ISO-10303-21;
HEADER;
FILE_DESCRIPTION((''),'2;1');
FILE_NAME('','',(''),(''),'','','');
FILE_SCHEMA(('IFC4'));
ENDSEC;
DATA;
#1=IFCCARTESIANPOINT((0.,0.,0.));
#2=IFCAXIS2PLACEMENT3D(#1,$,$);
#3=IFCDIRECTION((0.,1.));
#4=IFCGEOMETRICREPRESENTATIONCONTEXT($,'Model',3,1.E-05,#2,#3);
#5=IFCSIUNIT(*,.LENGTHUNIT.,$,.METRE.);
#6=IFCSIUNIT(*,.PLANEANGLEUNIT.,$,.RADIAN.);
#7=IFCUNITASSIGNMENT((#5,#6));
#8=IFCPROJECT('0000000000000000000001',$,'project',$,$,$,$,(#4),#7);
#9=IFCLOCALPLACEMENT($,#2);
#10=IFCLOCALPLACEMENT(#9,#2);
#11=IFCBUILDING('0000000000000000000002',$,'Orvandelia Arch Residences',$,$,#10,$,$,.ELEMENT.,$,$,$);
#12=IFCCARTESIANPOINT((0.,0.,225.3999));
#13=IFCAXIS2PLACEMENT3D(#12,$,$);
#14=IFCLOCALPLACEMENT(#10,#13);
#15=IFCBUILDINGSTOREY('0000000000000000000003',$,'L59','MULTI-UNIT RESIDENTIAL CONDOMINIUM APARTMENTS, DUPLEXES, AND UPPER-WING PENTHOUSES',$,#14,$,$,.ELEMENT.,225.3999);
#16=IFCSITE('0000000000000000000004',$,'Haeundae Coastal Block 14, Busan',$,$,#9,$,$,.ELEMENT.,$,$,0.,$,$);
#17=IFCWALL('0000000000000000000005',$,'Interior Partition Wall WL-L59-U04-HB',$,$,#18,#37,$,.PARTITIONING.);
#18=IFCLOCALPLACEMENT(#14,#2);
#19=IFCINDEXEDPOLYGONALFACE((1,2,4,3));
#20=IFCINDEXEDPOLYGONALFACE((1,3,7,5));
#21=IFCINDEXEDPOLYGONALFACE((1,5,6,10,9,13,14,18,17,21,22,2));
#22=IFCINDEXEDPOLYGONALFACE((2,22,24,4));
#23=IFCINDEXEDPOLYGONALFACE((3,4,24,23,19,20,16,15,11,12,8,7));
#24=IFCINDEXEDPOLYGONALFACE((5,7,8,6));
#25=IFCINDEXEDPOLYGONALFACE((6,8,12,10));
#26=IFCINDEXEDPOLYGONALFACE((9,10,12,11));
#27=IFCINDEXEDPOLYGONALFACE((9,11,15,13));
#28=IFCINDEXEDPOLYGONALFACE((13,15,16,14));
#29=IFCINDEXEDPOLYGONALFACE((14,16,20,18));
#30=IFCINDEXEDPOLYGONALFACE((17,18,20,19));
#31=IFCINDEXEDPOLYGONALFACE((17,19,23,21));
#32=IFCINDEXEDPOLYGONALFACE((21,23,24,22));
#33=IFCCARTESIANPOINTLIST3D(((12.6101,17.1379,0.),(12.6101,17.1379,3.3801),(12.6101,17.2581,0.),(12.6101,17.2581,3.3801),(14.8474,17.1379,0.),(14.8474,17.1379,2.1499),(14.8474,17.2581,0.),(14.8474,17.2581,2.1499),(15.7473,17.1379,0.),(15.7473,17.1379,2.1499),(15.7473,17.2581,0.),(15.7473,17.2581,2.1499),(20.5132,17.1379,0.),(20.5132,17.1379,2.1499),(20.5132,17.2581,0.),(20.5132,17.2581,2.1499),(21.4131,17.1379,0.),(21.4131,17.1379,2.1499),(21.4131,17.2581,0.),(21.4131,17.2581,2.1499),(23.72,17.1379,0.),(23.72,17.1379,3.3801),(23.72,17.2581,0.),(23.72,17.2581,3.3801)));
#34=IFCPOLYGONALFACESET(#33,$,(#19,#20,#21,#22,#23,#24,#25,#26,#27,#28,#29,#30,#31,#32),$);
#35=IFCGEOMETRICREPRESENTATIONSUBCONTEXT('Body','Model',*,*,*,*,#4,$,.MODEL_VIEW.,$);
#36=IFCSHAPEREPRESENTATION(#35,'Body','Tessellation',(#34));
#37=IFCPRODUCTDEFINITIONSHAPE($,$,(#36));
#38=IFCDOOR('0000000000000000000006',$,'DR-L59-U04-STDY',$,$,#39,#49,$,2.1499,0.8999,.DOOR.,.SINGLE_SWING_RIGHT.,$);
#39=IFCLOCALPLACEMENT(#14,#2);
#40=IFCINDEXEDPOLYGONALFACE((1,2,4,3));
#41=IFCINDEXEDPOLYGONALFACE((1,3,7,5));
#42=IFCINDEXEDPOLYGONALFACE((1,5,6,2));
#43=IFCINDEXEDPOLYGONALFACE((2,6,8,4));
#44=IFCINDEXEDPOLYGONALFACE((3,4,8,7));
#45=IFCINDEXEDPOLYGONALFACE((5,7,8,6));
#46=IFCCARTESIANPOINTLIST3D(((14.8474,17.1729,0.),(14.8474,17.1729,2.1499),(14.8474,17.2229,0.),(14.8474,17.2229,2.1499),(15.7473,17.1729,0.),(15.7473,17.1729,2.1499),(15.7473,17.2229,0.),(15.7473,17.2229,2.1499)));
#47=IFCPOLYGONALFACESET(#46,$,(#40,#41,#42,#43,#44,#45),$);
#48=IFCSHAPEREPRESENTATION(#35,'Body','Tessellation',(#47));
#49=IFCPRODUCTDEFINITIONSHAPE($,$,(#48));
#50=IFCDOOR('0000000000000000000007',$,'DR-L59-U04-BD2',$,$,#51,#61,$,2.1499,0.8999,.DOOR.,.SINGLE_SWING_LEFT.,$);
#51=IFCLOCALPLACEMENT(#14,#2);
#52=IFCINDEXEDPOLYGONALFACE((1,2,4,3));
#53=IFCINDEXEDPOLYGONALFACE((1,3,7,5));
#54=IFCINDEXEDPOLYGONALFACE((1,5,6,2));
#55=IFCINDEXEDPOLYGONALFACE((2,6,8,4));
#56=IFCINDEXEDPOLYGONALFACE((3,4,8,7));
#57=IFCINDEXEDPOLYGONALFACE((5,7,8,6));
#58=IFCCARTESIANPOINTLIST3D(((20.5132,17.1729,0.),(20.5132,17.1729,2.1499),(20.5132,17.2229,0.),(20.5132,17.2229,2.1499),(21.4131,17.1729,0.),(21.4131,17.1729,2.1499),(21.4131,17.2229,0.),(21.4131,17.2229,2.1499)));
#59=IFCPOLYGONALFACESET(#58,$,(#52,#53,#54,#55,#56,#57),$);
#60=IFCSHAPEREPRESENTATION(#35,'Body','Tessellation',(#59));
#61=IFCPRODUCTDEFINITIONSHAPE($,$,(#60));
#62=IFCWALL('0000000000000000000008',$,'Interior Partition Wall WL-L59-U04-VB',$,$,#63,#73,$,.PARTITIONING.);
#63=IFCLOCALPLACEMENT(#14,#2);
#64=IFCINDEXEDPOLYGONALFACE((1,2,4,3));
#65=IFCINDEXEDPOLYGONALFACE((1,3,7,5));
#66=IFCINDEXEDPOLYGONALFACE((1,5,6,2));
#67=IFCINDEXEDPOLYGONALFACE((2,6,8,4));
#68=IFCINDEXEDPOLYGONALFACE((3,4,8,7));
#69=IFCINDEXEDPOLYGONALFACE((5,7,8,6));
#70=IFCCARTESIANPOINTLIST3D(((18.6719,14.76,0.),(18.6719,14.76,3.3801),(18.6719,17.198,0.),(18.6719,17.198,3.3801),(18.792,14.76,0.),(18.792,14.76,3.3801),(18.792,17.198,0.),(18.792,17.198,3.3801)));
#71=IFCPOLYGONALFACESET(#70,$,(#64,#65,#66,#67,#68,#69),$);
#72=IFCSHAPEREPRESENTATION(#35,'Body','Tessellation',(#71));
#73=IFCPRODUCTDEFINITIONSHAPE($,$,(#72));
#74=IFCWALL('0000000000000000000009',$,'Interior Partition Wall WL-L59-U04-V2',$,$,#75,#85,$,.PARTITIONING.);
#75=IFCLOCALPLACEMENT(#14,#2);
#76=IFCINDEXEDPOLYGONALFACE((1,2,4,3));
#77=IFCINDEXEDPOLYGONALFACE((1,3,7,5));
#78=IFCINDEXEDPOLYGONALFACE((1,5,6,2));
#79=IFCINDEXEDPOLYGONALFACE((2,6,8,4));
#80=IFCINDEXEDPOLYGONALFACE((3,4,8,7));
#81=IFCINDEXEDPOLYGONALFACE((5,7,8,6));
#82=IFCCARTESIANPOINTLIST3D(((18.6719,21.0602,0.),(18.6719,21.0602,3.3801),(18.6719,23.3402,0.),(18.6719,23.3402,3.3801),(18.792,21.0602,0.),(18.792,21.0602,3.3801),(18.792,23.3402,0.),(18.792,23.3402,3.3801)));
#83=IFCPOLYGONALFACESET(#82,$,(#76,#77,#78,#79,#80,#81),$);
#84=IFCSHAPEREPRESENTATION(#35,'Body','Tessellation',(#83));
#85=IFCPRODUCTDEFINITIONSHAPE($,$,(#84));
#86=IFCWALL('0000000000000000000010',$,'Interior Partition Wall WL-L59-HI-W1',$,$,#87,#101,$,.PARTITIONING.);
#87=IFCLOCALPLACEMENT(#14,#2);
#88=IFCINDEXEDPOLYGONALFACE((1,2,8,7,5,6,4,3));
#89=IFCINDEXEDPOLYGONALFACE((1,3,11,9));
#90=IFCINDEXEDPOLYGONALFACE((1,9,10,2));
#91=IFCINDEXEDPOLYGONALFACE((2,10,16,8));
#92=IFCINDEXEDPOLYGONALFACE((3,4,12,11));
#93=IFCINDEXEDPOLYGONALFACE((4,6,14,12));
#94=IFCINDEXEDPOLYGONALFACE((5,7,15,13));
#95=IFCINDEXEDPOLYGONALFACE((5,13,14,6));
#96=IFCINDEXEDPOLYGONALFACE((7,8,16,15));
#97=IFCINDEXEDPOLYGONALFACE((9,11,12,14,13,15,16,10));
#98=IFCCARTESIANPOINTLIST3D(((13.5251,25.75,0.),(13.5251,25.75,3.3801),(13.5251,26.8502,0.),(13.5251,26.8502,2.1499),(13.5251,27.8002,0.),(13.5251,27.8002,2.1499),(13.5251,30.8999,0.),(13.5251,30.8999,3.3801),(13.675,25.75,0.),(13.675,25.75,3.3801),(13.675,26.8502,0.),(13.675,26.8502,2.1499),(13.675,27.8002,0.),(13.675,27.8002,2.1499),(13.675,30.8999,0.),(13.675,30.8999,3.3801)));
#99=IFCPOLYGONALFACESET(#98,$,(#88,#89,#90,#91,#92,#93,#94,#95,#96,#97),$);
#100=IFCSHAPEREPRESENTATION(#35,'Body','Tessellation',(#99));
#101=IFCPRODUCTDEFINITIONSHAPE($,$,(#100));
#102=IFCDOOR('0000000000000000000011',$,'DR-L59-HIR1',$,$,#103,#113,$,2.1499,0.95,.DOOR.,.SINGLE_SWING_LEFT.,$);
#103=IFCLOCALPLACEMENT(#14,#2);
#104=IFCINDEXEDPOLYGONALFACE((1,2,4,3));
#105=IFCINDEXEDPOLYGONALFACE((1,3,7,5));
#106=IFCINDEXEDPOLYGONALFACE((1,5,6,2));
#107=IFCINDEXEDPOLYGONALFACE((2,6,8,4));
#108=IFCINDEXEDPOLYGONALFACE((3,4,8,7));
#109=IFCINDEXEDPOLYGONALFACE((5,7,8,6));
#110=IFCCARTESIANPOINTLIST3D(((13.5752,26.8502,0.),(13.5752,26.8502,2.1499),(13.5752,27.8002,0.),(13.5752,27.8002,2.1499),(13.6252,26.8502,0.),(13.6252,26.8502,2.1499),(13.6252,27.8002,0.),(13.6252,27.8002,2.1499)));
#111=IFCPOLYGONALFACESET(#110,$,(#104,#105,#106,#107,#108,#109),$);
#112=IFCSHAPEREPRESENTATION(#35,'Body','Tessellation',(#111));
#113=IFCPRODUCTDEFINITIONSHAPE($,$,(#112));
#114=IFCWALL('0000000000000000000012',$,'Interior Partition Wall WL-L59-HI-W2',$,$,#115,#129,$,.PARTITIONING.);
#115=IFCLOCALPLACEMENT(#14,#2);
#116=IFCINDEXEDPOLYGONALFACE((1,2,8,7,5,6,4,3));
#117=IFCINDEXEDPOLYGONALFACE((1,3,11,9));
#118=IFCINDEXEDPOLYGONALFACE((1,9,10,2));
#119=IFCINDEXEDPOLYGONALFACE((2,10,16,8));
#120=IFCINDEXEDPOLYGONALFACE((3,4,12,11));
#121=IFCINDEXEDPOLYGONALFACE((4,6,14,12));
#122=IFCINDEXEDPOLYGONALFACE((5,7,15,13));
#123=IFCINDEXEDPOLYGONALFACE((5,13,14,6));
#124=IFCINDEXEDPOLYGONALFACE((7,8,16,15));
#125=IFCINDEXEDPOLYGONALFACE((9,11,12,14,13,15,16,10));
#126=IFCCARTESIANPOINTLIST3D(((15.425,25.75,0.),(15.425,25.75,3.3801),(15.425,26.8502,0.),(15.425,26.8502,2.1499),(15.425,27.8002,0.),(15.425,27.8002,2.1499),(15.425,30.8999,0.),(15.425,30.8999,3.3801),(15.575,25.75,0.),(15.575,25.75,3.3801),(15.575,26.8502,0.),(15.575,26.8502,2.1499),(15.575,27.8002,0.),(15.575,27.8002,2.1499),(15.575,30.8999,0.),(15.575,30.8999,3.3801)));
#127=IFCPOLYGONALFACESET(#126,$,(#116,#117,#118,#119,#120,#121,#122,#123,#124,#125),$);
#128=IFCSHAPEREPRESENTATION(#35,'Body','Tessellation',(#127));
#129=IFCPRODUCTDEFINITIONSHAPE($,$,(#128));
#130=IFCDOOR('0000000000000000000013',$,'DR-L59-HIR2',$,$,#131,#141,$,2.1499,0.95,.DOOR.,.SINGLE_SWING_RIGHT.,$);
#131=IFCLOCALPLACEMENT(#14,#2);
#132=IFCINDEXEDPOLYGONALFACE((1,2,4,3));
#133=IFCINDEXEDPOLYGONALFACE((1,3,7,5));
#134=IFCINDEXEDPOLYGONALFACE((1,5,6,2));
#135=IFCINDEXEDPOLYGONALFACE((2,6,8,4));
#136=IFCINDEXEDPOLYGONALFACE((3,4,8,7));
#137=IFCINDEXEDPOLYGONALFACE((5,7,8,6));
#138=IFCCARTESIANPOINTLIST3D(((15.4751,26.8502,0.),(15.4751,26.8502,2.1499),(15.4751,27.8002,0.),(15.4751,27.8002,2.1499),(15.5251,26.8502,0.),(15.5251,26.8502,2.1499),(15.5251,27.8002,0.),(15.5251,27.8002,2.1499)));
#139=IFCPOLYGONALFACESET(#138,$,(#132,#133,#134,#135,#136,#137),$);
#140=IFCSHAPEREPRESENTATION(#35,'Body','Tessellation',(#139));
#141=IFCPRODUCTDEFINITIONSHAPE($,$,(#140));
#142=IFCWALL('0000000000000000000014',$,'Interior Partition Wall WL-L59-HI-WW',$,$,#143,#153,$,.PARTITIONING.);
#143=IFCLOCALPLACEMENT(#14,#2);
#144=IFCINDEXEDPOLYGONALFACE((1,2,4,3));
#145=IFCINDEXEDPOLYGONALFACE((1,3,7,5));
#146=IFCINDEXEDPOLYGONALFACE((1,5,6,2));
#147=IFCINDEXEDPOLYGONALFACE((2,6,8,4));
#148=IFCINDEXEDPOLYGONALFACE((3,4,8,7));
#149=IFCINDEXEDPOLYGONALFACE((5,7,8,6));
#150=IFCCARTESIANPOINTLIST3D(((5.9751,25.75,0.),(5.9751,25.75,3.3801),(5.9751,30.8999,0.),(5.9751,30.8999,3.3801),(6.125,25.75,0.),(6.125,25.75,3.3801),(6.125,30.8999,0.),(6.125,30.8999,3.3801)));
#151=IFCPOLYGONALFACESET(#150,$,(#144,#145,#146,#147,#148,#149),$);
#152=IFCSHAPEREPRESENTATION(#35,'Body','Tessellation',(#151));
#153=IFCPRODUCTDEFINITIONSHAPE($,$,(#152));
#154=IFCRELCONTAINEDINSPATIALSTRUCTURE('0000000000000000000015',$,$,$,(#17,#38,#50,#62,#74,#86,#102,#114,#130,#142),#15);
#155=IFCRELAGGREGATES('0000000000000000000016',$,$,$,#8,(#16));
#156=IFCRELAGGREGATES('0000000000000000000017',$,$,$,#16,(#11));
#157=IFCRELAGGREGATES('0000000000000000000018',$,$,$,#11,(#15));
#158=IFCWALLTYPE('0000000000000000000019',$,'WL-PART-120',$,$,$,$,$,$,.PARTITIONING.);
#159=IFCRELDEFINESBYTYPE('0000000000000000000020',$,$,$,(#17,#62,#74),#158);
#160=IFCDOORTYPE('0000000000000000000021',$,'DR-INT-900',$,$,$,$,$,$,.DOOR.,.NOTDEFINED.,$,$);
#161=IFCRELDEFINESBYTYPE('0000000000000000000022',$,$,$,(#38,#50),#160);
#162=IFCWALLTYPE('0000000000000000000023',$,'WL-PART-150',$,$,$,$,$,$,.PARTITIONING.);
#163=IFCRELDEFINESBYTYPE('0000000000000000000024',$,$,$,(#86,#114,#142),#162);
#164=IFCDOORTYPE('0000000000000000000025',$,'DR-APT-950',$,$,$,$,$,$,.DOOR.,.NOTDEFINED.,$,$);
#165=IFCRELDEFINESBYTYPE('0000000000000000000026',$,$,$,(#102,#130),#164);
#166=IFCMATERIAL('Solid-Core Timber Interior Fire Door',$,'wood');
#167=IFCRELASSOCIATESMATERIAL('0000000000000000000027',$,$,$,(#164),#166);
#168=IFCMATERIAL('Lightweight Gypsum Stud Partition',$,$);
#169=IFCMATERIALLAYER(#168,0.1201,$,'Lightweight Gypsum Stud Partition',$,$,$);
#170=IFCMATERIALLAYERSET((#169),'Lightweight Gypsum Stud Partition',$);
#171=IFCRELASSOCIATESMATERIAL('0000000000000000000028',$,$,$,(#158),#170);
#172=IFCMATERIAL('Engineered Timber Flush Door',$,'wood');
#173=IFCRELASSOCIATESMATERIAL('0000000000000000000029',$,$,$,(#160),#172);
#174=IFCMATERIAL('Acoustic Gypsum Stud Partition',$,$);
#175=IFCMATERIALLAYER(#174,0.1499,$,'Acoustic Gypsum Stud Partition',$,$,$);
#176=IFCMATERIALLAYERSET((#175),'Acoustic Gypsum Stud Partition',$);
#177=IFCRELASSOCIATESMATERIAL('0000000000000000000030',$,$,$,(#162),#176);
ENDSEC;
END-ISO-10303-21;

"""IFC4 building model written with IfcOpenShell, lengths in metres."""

from ifc_helpers import new_model, si_unit, direction, frame, frame_2d, origin, place, context, subcontext, project, spatial, rectangle, extrude, material, layer, layer_set, type_object, element, fill, save


model = new_model("IFC4")

# Units and contexts
model_context = context("Model", 3, precision=1e-05, world=origin(), true_north=direction((0.0, 1.0)))
body_context = subcontext(model_context, "Body", "Model", "MODEL_VIEW")
ifc_project = project(units=[si_unit("LENGTHUNIT", "METRE"), si_unit("PLANEANGLEUNIT", "RADIAN")], contexts=[model_context])

# Site, building, storey
site_placement = place(None, origin())
site = spatial("IfcSite", under=ifc_project, at=site_placement, Name="Haeundae Coastal Block 14, Busan", CompositionType="ELEMENT", RefElevation=0.0)
building_placement = place(site_placement, origin())
building = spatial("IfcBuilding", under=site, at=building_placement, Name="Orvandelia Arch Residences", CompositionType="ELEMENT")
storey_placement = place(building_placement, frame((0.0, 0.0, 225.3999)))
storey = spatial("IfcBuildingStorey", under=building, at=storey_placement, Name="L59", Description="MULTI-UNIT RESIDENTIAL CONDOMINIUM APARTMENTS, DUPLEXES, AND UPPER-WING PENTHOUSES", CompositionType="ELEMENT", Elevation=225.3999)

# Shared definitions
ifc_material_1 = material(Name="Solid-Core Timber Interior Fire Door", Category="wood")
door_type_1 = type_object("IfcDoorType", Name="DR-APT-950", OperationType="NOTDEFINED", PredefinedType="DOOR", material=ifc_material_1)

# Shared definitions
ifc_material_2 = material(Name="Lightweight Gypsum Stud Partition")
ifc_layer_1 = layer(ifc_material_2, 0.1201, Name="Lightweight Gypsum Stud Partition")
ifc_layer_set_1 = layer_set([ifc_layer_1], Name="Lightweight Gypsum Stud Partition")
wall_type_1 = type_object("IfcWallType", Name="WL-PART-120", PredefinedType="PARTITIONING", material=ifc_layer_set_1)

# Wall, openings, doors
wall_1_placement = place(storey_placement, frame((12.6101, 17.198, 0.0), z_axis=(0.0, 0.0, 1.0), x_axis=(1.0, 0.0, 0.0)))
wall_1 = element("IfcWall", 1, at=wall_1_placement, inside=storey, type_object=wall_type_1, Name="Interior Partition Wall WL-L59-U04-HB", PredefinedType="PARTITIONING", context=body_context, shape_type="SweptSolid", body=[
    extrude(rectangle(XDim=11.1099, YDim=0.1201, at=frame_2d((5.5549, 0.0))), origin(), (0.0, 0.0, 1.0), 3.3801),
])
opening_1_placement = place(wall_1_placement, frame((2.2373, 0.0, 0.0)))
opening_1 = element("IfcOpeningElement", 2, at=opening_1_placement, cuts=wall_1, PredefinedType="OPENING", context=body_context, shape_type="SweptSolid", body=[
    extrude(rectangle(XDim=0.8999, YDim=2.1499, at=frame_2d((0.45, 1.075))), frame((0.0, 0.0701, 0.0), z_axis=(0.0, -1.0, 0.0), x_axis=(1.0, 0.0, 0.0)), (0.0, 0.0, 1.0), 0.1401),
])
opening_2_placement = place(wall_1_placement, frame((7.9031, 0.0, 0.0)))
opening_2 = element("IfcOpeningElement", 3, at=opening_2_placement, cuts=wall_1, PredefinedType="OPENING", context=body_context, shape_type="SweptSolid", body=[
    extrude(rectangle(XDim=0.8999, YDim=2.1499, at=frame_2d((0.45, 1.075))), frame((0.0, 0.0701, 0.0), z_axis=(0.0, -1.0, 0.0), x_axis=(1.0, 0.0, 0.0)), (0.0, 0.0, 1.0), 0.1401),
])
ifc_material_3 = material(Name="Engineered Timber Flush Door", Category="wood")
door_type_2 = type_object("IfcDoorType", Name="DR-INT-900", OperationType="NOTDEFINED", PredefinedType="DOOR", material=ifc_material_3)
door_1_placement = place(opening_1_placement, origin())
door_1 = element("IfcDoor", 4, at=door_1_placement, inside=storey, type_object=door_type_2, Name="DR-L59-U04-STDY", OperationType="SINGLE_SWING_RIGHT", OverallHeight=2.1499, OverallWidth=0.8999, PredefinedType="DOOR", context=body_context, shape_type="SweptSolid", body=[
    extrude(rectangle(XDim=0.8999, YDim=2.1499, at=frame_2d((0.45, 1.075))), frame((0.0, 0.0249, 0.0), z_axis=(0.0, -1.0, 0.0), x_axis=(1.0, 0.0, 0.0)), (0.0, 0.0, 1.0), 0.05),
])
fill(opening_1, door_1)
door_2_placement = place(opening_2_placement, origin())
door_2 = element("IfcDoor", 5, at=door_2_placement, inside=storey, type_object=door_type_2, Name="DR-L59-U04-BD2", OperationType="SINGLE_SWING_LEFT", OverallHeight=2.1499, OverallWidth=0.8999, PredefinedType="DOOR", context=body_context, shape_type="SweptSolid", body=[
    extrude(rectangle(XDim=0.8999, YDim=2.1499, at=frame_2d((0.45, 1.075))), frame((0.0, 0.0249, 0.0), z_axis=(0.0, -1.0, 0.0), x_axis=(1.0, 0.0, 0.0)), (0.0, 0.0, 1.0), 0.05),
])
fill(opening_2, door_2)

# Walls
wall_2_placement = place(storey_placement, frame((18.7319, 14.76, 0.0), z_axis=(0.0, 0.0, 1.0), x_axis=(0.0, 1.0, 0.0)))
element("IfcWall", 6, at=wall_2_placement, inside=storey, type_object=wall_type_1, Name="Interior Partition Wall WL-L59-U04-VB", PredefinedType="PARTITIONING", context=body_context, shape_type="SweptSolid", body=[
    extrude(rectangle(XDim=2.438, YDim=0.1201, at=frame_2d((1.219, 0.0))), origin(), (0.0, 0.0, 1.0), 3.3801),
])
wall_3_placement = place(storey_placement, frame((18.7319, 21.0601, 0.0), z_axis=(0.0, 0.0, 1.0), x_axis=(0.0, 1.0, 0.0)))
element("IfcWall", 7, at=wall_3_placement, inside=storey, type_object=wall_type_1, Name="Interior Partition Wall WL-L59-U04-V2", PredefinedType="PARTITIONING", context=body_context, shape_type="SweptSolid", body=[
    extrude(rectangle(XDim=2.28, YDim=0.1201, at=frame_2d((1.1401, 0.0))), origin(), (0.0, 0.0, 1.0), 3.3801),
])

# Walls, openings, doors
ifc_material_4 = material(Name="Acoustic Gypsum Stud Partition")
ifc_layer_2 = layer(ifc_material_4, 0.1499, Name="Acoustic Gypsum Stud Partition")
ifc_layer_set_2 = layer_set([ifc_layer_2], Name="Acoustic Gypsum Stud Partition")
wall_type_2 = type_object("IfcWallType", Name="WL-PART-150", PredefinedType="PARTITIONING", material=ifc_layer_set_2)
wall_4_placement = place(storey_placement, frame((13.6001, 25.75, 0.0), z_axis=(0.0, 0.0, 1.0), x_axis=(0.0, 1.0, 0.0)))
wall_4 = element("IfcWall", 8, at=wall_4_placement, inside=storey, type_object=wall_type_2, Name="Interior Partition Wall WL-L59-HI-W1", PredefinedType="PARTITIONING", context=body_context, shape_type="SweptSolid", body=[
    extrude(rectangle(XDim=5.1499, YDim=0.1499, at=frame_2d((2.575, 0.0))), origin(), (0.0, 0.0, 1.0), 3.3801),
])
opening_3_placement = place(wall_4_placement, frame((1.1001, 0.0, 0.0)))
opening_3 = element("IfcOpeningElement", 9, at=opening_3_placement, cuts=wall_4, PredefinedType="OPENING", context=body_context, shape_type="SweptSolid", body=[
    extrude(rectangle(XDim=0.95, YDim=2.1499, at=frame_2d((0.4751, 1.075))), frame((0.0, 0.085, 0.0), z_axis=(0.0, -1.0, 0.0), x_axis=(1.0, 0.0, 0.0)), (0.0, 0.0, 1.0), 0.1699),
])
door_3_placement = place(opening_3_placement, origin())
door_3 = element("IfcDoor", 10, at=door_3_placement, inside=storey, type_object=door_type_1, Name="DR-L59-HIR1", OperationType="SINGLE_SWING_LEFT", OverallHeight=2.1499, OverallWidth=0.95, PredefinedType="DOOR", context=body_context, shape_type="SweptSolid", body=[
    extrude(rectangle(XDim=0.95, YDim=2.1499, at=frame_2d((0.4751, 1.075))), frame((0.0, 0.0249, 0.0), z_axis=(0.0, -1.0, 0.0), x_axis=(1.0, 0.0, 0.0)), (0.0, 0.0, 1.0), 0.05),
])
fill(opening_3, door_3)
wall_5_placement = place(storey_placement, frame((15.5, 25.75, 0.0), z_axis=(0.0, 0.0, 1.0), x_axis=(0.0, 1.0, 0.0)))
wall_5 = element("IfcWall", 11, at=wall_5_placement, inside=storey, type_object=wall_type_2, Name="Interior Partition Wall WL-L59-HI-W2", PredefinedType="PARTITIONING", context=body_context, shape_type="SweptSolid", body=[
    extrude(rectangle(XDim=5.1499, YDim=0.1499, at=frame_2d((2.575, 0.0))), origin(), (0.0, 0.0, 1.0), 3.3801),
])
opening_4_placement = place(wall_5_placement, frame((1.1001, 0.0, 0.0)))
opening_4 = element("IfcOpeningElement", 12, at=opening_4_placement, cuts=wall_5, PredefinedType="OPENING", context=body_context, shape_type="SweptSolid", body=[
    extrude(rectangle(XDim=0.95, YDim=2.1499, at=frame_2d((0.4751, 1.075))), frame((0.0, 0.085, 0.0), z_axis=(0.0, -1.0, 0.0), x_axis=(1.0, 0.0, 0.0)), (0.0, 0.0, 1.0), 0.1699),
])
door_4_placement = place(opening_4_placement, origin())
door_4 = element("IfcDoor", 13, at=door_4_placement, inside=storey, type_object=door_type_1, Name="DR-L59-HIR2", OperationType="SINGLE_SWING_RIGHT", OverallHeight=2.1499, OverallWidth=0.95, PredefinedType="DOOR", context=body_context, shape_type="SweptSolid", body=[
    extrude(rectangle(XDim=0.95, YDim=2.1499, at=frame_2d((0.4751, 1.075))), frame((0.0, 0.0249, 0.0), z_axis=(0.0, -1.0, 0.0), x_axis=(1.0, 0.0, 0.0)), (0.0, 0.0, 1.0), 0.05),
])
fill(opening_4, door_4)

# Wall
wall_6_placement = place(storey_placement, frame((6.05, 25.75, 0.0), z_axis=(0.0, 0.0, 1.0), x_axis=(0.0, 1.0, 0.0)))
element("IfcWall", 14, at=wall_6_placement, inside=storey, type_object=wall_type_2, Name="Interior Partition Wall WL-L59-HI-WW", PredefinedType="PARTITIONING", context=body_context, shape_type="SweptSolid", body=[
    extrude(rectangle(XDim=5.1499, YDim=0.1499, at=frame_2d((2.575, 0.0))), origin(), (0.0, 0.0, 1.0), 3.3801),
])

save(model, "model.ifc")
